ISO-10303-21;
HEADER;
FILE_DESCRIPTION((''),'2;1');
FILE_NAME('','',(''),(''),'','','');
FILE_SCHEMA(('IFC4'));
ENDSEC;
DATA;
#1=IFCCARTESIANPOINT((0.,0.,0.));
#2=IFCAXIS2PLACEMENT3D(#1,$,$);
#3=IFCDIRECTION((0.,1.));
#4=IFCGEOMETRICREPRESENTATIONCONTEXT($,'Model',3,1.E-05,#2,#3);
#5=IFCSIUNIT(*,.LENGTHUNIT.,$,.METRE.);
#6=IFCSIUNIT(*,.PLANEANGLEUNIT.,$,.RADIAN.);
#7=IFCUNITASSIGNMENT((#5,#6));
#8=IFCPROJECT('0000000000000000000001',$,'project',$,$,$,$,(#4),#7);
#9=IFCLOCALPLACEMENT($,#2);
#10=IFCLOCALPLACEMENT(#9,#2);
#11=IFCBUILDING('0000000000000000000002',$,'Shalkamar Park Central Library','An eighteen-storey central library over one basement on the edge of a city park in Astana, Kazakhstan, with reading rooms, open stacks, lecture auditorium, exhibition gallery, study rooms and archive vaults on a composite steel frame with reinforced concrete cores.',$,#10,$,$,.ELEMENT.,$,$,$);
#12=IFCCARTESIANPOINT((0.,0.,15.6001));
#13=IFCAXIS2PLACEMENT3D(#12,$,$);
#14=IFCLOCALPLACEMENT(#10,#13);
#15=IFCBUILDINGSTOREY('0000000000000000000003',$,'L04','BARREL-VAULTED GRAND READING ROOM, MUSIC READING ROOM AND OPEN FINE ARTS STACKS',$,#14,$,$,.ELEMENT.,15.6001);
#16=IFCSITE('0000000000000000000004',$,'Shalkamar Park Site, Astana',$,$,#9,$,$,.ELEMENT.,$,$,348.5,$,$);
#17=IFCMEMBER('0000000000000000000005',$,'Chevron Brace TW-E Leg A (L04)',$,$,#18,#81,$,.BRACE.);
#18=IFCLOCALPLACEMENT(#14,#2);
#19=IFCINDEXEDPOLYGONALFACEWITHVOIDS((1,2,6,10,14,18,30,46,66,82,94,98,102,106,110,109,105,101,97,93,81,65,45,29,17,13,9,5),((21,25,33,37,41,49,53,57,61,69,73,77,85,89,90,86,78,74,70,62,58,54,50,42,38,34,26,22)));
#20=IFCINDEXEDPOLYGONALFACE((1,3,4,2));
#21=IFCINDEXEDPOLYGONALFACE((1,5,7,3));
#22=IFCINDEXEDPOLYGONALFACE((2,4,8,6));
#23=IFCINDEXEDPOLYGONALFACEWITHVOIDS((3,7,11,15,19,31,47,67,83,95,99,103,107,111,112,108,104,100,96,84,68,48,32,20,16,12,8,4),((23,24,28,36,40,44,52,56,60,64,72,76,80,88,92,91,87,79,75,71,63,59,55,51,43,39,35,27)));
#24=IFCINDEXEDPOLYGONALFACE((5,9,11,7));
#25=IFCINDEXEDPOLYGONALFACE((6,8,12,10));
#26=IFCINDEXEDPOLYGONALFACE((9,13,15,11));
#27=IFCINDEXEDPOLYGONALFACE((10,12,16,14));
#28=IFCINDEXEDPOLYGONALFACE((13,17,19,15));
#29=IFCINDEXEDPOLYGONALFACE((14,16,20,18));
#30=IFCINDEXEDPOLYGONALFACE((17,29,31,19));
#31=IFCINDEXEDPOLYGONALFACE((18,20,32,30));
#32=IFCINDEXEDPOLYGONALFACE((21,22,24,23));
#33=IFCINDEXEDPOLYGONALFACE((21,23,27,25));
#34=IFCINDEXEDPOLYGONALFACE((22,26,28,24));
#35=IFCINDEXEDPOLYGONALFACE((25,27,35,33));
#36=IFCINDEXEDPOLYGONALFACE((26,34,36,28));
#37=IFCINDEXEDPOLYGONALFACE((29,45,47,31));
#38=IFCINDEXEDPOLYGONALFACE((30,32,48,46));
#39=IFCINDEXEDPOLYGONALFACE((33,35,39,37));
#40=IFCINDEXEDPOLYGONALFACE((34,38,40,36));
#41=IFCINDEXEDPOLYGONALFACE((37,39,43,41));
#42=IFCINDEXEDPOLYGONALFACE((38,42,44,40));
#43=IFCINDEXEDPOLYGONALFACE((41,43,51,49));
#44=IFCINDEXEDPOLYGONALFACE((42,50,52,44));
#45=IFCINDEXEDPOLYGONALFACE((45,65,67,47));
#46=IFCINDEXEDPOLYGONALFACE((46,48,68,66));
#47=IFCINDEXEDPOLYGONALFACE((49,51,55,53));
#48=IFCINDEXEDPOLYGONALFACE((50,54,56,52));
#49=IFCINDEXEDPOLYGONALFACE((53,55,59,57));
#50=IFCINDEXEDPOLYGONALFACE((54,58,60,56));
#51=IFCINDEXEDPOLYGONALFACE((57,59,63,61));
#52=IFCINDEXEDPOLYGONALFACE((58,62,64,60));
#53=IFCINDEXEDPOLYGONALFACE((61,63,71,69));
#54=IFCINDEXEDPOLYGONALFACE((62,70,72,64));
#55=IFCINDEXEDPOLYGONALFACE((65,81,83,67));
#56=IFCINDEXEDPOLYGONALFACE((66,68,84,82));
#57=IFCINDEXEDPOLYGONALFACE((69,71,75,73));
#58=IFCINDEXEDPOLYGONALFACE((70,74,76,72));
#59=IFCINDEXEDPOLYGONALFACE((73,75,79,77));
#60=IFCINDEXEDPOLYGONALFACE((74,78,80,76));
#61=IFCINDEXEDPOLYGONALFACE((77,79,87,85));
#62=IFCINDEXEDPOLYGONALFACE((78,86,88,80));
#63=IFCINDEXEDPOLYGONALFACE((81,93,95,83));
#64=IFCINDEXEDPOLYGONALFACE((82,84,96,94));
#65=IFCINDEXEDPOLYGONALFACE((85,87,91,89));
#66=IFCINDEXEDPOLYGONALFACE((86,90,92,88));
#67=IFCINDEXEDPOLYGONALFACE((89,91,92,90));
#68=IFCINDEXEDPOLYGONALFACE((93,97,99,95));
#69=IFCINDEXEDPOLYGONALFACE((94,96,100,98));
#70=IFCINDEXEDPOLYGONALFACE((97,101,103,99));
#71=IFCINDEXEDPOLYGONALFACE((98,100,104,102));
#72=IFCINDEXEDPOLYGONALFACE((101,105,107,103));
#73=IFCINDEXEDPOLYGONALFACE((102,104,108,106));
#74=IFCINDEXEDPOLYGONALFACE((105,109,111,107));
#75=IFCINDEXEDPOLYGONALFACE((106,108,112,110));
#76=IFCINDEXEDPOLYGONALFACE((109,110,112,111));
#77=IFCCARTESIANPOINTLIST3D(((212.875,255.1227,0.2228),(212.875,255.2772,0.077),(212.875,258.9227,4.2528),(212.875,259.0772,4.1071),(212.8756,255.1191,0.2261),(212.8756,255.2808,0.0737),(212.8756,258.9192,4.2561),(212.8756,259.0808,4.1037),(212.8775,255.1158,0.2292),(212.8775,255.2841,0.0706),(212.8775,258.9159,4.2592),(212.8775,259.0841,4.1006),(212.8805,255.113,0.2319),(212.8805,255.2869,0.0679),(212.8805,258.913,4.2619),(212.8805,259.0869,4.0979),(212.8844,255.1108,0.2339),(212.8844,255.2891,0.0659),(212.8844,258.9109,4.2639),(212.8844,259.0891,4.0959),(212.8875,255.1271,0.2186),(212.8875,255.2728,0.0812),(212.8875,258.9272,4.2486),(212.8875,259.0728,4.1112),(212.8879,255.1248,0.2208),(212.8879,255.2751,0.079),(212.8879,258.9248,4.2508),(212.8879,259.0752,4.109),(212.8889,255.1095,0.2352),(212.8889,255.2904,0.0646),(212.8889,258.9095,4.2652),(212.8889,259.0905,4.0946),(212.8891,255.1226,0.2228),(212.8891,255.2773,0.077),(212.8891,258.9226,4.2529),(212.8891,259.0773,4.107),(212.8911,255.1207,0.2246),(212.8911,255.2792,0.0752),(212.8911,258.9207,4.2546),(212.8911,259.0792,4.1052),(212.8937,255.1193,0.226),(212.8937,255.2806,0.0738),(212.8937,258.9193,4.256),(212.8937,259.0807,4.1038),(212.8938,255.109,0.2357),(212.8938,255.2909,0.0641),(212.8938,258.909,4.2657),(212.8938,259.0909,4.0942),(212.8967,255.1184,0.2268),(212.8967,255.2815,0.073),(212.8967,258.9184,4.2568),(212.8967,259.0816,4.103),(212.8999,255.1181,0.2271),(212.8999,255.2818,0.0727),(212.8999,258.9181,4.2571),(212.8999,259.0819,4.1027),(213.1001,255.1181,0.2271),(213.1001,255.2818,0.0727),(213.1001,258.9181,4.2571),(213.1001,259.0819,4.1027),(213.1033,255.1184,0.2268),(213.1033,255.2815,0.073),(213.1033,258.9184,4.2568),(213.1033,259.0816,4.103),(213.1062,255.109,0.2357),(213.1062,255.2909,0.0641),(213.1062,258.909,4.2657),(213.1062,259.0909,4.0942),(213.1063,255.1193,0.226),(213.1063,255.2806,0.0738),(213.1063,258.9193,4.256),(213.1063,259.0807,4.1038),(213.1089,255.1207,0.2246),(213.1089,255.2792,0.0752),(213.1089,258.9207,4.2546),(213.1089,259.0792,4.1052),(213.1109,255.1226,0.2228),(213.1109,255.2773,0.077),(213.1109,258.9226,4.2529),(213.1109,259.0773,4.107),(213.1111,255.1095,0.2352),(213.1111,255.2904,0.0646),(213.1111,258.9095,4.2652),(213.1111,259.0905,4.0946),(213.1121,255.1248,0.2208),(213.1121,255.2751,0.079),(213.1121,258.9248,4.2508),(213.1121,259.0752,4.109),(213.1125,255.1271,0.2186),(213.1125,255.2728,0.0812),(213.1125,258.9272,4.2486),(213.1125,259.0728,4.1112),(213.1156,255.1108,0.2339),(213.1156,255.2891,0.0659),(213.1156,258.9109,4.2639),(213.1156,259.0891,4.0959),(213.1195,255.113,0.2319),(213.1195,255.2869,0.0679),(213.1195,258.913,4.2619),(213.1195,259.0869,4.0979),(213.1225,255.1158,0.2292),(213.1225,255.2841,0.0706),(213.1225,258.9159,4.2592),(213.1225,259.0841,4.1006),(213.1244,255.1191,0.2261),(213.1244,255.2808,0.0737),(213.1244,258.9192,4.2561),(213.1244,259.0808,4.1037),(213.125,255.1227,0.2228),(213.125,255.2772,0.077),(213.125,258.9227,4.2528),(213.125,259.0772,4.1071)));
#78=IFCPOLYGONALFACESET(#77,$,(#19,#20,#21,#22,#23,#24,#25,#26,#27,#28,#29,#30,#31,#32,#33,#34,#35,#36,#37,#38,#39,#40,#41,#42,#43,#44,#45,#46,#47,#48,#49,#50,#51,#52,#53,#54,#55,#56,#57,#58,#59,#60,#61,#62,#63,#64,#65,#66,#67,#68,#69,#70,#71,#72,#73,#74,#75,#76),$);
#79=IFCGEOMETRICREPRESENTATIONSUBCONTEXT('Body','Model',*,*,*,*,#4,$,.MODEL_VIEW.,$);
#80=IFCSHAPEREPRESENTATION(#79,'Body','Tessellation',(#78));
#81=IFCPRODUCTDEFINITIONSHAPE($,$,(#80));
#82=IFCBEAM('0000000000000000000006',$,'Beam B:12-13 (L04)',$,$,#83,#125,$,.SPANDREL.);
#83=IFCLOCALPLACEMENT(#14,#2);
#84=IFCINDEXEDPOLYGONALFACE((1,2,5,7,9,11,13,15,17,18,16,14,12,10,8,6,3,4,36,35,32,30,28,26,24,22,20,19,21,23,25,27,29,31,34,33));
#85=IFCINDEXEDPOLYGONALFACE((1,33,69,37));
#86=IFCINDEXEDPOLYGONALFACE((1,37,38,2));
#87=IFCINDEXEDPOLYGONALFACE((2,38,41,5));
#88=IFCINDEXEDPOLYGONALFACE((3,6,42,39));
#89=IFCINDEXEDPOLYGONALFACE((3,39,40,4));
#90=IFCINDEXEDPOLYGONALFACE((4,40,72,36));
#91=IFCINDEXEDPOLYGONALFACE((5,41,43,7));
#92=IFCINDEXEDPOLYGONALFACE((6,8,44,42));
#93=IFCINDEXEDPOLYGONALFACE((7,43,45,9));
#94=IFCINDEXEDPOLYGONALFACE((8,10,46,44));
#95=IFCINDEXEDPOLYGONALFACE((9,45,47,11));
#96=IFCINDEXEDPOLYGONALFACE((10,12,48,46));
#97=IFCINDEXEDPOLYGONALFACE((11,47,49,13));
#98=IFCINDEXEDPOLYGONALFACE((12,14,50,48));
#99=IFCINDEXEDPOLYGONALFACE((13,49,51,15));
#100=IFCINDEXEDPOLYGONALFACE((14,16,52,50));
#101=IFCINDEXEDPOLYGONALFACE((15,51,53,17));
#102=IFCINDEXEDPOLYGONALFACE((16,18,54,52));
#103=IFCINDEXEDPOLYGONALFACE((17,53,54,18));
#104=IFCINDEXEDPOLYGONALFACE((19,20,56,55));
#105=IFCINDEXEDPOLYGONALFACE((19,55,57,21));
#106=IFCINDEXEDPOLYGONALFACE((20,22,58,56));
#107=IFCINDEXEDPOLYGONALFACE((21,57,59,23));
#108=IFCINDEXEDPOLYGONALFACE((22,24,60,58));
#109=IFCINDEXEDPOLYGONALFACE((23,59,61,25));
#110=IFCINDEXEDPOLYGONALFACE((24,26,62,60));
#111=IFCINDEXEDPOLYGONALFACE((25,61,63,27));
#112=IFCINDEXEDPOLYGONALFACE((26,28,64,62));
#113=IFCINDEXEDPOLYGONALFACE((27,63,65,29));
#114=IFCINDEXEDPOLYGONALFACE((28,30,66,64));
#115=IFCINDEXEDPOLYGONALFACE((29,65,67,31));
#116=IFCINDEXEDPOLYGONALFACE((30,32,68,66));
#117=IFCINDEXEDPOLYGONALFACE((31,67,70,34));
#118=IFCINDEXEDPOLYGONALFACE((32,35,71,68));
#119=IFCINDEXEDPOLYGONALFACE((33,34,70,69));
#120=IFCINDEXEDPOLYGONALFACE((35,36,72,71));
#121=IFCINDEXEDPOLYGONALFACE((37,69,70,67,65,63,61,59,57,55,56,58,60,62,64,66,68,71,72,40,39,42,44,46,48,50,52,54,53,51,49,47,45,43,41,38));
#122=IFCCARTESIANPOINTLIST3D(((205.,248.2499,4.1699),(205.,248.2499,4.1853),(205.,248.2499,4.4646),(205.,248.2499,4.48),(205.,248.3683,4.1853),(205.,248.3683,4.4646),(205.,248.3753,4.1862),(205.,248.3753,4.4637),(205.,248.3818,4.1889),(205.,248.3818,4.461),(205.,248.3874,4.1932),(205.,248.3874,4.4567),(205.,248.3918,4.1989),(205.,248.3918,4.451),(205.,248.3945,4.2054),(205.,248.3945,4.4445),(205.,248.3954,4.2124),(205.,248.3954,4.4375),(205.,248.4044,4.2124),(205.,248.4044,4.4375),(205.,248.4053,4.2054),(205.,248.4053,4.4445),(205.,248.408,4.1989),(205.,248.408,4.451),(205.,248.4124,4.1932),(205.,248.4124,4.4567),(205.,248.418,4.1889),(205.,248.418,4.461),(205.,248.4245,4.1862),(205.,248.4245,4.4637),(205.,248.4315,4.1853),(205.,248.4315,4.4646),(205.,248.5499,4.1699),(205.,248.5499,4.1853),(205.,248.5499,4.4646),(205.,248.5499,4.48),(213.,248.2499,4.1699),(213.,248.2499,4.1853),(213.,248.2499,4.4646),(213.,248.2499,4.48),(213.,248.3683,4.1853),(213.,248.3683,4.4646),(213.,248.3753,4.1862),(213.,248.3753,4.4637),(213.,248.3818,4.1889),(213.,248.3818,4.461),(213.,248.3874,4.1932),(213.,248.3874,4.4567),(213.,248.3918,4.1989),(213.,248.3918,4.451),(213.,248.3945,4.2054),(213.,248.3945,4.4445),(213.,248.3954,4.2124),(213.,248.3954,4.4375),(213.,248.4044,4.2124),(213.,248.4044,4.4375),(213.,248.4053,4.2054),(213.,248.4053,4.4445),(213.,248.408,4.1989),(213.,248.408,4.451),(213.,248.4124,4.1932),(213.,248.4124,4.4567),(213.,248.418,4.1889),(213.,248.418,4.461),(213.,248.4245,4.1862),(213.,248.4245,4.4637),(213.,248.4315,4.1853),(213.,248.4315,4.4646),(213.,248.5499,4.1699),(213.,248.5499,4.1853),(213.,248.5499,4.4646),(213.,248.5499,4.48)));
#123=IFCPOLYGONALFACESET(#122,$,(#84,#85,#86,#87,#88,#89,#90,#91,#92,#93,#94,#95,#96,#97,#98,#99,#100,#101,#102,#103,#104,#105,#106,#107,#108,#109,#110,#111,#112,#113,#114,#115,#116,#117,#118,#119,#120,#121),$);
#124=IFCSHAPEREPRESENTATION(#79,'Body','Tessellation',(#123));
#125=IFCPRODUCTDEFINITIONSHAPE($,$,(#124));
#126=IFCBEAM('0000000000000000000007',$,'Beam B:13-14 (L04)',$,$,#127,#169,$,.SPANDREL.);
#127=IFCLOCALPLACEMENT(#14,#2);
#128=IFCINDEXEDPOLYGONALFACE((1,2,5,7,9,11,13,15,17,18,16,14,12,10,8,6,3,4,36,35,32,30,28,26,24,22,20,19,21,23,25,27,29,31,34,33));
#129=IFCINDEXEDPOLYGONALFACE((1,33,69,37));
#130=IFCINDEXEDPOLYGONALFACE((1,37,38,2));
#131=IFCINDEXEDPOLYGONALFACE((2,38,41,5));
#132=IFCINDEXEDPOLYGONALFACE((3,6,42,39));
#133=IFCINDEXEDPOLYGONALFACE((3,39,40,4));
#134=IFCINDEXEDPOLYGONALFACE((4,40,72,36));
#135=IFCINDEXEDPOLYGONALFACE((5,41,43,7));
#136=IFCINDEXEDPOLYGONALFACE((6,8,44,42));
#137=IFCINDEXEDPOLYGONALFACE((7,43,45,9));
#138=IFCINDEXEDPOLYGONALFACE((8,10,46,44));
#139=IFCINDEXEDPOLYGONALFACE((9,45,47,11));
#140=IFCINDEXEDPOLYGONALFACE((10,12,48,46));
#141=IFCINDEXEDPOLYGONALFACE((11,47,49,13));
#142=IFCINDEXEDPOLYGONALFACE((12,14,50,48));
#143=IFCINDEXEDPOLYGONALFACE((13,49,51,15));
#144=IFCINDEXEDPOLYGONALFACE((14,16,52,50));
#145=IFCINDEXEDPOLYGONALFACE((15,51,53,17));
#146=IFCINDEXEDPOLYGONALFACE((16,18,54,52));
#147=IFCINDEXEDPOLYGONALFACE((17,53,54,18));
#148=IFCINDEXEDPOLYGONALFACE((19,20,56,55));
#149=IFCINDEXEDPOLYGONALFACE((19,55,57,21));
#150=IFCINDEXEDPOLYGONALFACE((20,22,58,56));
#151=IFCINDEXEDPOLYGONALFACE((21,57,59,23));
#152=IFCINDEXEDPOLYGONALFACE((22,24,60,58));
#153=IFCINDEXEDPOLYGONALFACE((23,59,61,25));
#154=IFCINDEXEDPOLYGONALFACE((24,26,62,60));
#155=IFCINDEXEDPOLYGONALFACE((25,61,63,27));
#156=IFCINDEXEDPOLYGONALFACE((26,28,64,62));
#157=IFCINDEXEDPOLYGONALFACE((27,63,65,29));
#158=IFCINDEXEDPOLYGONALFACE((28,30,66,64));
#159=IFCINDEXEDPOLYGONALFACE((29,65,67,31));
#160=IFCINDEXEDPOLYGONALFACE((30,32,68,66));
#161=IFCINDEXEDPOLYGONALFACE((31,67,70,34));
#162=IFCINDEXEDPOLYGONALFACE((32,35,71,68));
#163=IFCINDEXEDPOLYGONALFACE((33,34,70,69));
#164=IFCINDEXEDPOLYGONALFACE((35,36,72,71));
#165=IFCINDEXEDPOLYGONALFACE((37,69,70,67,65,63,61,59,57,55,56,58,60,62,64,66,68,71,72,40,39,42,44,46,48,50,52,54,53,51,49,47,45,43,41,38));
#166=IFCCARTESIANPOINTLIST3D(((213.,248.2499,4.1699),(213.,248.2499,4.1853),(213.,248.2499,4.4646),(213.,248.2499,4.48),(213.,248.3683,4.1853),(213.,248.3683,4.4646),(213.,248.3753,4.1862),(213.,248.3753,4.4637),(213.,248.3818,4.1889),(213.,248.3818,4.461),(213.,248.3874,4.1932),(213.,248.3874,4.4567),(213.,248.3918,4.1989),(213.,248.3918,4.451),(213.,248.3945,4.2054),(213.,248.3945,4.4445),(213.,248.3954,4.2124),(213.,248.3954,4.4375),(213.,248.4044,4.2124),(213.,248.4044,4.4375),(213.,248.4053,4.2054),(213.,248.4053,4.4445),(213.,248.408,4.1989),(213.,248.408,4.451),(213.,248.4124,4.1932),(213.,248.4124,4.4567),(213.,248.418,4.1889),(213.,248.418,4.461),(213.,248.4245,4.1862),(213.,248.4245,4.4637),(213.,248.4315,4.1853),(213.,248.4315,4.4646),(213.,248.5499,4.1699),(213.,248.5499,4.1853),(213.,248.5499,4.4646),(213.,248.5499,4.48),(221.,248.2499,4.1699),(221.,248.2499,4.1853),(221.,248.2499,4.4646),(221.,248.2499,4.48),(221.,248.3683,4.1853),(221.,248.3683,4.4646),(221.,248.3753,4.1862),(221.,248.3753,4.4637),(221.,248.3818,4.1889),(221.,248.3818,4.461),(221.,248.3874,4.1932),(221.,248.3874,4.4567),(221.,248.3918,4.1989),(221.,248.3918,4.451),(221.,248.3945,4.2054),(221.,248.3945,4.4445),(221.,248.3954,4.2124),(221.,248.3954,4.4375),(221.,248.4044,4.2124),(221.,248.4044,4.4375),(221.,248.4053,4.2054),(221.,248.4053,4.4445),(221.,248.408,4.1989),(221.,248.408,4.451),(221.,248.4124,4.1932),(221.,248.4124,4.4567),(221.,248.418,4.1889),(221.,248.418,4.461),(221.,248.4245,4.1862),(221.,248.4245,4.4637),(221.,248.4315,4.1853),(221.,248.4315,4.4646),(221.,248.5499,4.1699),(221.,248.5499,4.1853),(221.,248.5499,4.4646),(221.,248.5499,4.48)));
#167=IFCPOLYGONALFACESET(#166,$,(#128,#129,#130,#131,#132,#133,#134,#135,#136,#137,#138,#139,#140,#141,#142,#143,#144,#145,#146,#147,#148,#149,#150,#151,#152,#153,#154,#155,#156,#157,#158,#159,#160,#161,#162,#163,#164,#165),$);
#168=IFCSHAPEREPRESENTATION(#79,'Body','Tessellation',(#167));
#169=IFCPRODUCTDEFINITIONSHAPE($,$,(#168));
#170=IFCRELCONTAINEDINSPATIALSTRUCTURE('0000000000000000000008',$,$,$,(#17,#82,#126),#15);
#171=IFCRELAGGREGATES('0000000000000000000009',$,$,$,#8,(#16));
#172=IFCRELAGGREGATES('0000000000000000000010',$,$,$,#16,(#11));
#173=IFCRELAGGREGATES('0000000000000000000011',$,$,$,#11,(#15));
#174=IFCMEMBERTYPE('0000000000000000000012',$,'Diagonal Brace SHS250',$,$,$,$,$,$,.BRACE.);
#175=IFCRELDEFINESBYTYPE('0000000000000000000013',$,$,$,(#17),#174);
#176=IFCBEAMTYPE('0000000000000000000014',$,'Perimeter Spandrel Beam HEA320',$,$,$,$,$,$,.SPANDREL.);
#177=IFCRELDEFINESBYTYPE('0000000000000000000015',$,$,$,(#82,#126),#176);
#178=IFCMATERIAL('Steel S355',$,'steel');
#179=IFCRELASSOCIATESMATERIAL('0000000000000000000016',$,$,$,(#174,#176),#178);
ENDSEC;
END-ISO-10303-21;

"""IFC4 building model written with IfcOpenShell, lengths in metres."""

from ifc_helpers import new_model, si_unit, direction, frame, origin, origin_2d, place, context, subcontext, project, spatial, hollow_rectangle, i_section, extrude, material, material_profile, profile_set, type_object, element, save


model = new_model("IFC4")

# Units and contexts
model_context = context("Model", 3, precision=1e-05, world=origin(), true_north=direction((0.0, 1.0)))
body_context = subcontext(model_context, "Body", "Model", "MODEL_VIEW")
ifc_project = project(units=[si_unit("LENGTHUNIT", "METRE"), si_unit("PLANEANGLEUNIT", "RADIAN")], contexts=[model_context])

# Site, building, storey
site_placement = place(None, origin())
site = spatial("IfcSite", under=ifc_project, at=site_placement, Name="Shalkamar Park Site, Astana", CompositionType="ELEMENT", RefElevation=348.5)
building_placement = place(site_placement, origin())
building = spatial("IfcBuilding", under=site, at=building_placement, Name="Shalkamar Park Central Library", Description="An eighteen-storey central library over one basement on the edge of a city park in Astana, Kazakhstan, with reading rooms, open stacks, lecture auditorium, exhibition gallery, study rooms and archive vaults on a composite steel frame with reinforced concrete cores.", CompositionType="ELEMENT")
storey_placement = place(building_placement, frame((0.0, 0.0, 15.6001)))
storey = spatial("IfcBuildingStorey", under=building, at=storey_placement, Name="L04", Description="BARREL-VAULTED GRAND READING ROOM, MUSIC READING ROOM AND OPEN FINE ARTS STACKS", CompositionType="ELEMENT", Elevation=15.6001)

# Shared definitions
ifc_material_1 = material(Name="Steel S355", Category="steel")

# Member
ifc_material_profile_1 = material_profile(ifc_material_1, hollow_rectangle(XDim=0.25, YDim=0.25, WallThickness=0.0125, InnerFilletRadius=0.0125, OuterFilletRadius=0.0188, at=origin_2d()), Name="SHS 250x250x12.5")
ifc_profile_set_1 = profile_set([ifc_material_profile_1], Name="Steel S355")
member_type = type_object("IfcMemberType", Name="Diagonal Brace SHS250", PredefinedType="BRACE", material=ifc_profile_set_1)
member_placement = place(storey_placement, frame((213.0, 255.2, 0.1499), z_axis=(0.0, 0.686042, 0.727562), x_axis=(-1.0, 0.0, 0.0)))
element("IfcMember", 1, at=member_placement, inside=storey, type_object=member_type, Name="Chevron Brace TW-E Leg A (L04)", PredefinedType="BRACE", context=body_context, shape_type="SweptSolid", body=[
    extrude(hollow_rectangle(XDim=0.25, YDim=0.25, WallThickness=0.0125, InnerFilletRadius=0.0125, OuterFilletRadius=0.0188, at=origin_2d()), origin(), (0.0, 0.0, 1.0), 5.5391),
])

# Beams
ifc_material_profile_2 = material_profile(ifc_material_1, i_section(OverallWidth=0.3, OverallDepth=0.3101, WebThickness=0.009, FlangeThickness=0.0154, FilletRadius=0.0271, at=origin_2d()), Name="HEA 320")
ifc_profile_set_2 = profile_set([ifc_material_profile_2], Name="Steel S355")
beam_type_1 = type_object("IfcBeamType", Name="Perimeter Spandrel Beam HEA320", PredefinedType="SPANDREL", material=ifc_profile_set_2)
for number, where, z_axis, x_axis, name in (
    (2, (205.0, 248.3999, 4.325), (1.0, 0.0, 0.0), (0.0, 1.0, 0.0), "Beam B:12-13 (L04)"),
    (3, (213.0, 248.3999, 4.325), (1.0, 0.0, 0.0), (0.0, 1.0, 0.0), "Beam B:13-14 (L04)"),
):
    element("IfcBeam", number, at=place(storey_placement, frame(where, z_axis=z_axis, x_axis=x_axis)), inside=storey, type_object=beam_type_1, Name=name, PredefinedType="SPANDREL", context=body_context, shape_type="SweptSolid", body=[
        extrude(i_section(OverallWidth=0.3, OverallDepth=0.3101, WebThickness=0.009, FlangeThickness=0.0154, FilletRadius=0.0271, at=origin_2d()), origin(), (0.0, 0.0, 1.0), 8.0),
    ])

save(model, "model.ifc")
